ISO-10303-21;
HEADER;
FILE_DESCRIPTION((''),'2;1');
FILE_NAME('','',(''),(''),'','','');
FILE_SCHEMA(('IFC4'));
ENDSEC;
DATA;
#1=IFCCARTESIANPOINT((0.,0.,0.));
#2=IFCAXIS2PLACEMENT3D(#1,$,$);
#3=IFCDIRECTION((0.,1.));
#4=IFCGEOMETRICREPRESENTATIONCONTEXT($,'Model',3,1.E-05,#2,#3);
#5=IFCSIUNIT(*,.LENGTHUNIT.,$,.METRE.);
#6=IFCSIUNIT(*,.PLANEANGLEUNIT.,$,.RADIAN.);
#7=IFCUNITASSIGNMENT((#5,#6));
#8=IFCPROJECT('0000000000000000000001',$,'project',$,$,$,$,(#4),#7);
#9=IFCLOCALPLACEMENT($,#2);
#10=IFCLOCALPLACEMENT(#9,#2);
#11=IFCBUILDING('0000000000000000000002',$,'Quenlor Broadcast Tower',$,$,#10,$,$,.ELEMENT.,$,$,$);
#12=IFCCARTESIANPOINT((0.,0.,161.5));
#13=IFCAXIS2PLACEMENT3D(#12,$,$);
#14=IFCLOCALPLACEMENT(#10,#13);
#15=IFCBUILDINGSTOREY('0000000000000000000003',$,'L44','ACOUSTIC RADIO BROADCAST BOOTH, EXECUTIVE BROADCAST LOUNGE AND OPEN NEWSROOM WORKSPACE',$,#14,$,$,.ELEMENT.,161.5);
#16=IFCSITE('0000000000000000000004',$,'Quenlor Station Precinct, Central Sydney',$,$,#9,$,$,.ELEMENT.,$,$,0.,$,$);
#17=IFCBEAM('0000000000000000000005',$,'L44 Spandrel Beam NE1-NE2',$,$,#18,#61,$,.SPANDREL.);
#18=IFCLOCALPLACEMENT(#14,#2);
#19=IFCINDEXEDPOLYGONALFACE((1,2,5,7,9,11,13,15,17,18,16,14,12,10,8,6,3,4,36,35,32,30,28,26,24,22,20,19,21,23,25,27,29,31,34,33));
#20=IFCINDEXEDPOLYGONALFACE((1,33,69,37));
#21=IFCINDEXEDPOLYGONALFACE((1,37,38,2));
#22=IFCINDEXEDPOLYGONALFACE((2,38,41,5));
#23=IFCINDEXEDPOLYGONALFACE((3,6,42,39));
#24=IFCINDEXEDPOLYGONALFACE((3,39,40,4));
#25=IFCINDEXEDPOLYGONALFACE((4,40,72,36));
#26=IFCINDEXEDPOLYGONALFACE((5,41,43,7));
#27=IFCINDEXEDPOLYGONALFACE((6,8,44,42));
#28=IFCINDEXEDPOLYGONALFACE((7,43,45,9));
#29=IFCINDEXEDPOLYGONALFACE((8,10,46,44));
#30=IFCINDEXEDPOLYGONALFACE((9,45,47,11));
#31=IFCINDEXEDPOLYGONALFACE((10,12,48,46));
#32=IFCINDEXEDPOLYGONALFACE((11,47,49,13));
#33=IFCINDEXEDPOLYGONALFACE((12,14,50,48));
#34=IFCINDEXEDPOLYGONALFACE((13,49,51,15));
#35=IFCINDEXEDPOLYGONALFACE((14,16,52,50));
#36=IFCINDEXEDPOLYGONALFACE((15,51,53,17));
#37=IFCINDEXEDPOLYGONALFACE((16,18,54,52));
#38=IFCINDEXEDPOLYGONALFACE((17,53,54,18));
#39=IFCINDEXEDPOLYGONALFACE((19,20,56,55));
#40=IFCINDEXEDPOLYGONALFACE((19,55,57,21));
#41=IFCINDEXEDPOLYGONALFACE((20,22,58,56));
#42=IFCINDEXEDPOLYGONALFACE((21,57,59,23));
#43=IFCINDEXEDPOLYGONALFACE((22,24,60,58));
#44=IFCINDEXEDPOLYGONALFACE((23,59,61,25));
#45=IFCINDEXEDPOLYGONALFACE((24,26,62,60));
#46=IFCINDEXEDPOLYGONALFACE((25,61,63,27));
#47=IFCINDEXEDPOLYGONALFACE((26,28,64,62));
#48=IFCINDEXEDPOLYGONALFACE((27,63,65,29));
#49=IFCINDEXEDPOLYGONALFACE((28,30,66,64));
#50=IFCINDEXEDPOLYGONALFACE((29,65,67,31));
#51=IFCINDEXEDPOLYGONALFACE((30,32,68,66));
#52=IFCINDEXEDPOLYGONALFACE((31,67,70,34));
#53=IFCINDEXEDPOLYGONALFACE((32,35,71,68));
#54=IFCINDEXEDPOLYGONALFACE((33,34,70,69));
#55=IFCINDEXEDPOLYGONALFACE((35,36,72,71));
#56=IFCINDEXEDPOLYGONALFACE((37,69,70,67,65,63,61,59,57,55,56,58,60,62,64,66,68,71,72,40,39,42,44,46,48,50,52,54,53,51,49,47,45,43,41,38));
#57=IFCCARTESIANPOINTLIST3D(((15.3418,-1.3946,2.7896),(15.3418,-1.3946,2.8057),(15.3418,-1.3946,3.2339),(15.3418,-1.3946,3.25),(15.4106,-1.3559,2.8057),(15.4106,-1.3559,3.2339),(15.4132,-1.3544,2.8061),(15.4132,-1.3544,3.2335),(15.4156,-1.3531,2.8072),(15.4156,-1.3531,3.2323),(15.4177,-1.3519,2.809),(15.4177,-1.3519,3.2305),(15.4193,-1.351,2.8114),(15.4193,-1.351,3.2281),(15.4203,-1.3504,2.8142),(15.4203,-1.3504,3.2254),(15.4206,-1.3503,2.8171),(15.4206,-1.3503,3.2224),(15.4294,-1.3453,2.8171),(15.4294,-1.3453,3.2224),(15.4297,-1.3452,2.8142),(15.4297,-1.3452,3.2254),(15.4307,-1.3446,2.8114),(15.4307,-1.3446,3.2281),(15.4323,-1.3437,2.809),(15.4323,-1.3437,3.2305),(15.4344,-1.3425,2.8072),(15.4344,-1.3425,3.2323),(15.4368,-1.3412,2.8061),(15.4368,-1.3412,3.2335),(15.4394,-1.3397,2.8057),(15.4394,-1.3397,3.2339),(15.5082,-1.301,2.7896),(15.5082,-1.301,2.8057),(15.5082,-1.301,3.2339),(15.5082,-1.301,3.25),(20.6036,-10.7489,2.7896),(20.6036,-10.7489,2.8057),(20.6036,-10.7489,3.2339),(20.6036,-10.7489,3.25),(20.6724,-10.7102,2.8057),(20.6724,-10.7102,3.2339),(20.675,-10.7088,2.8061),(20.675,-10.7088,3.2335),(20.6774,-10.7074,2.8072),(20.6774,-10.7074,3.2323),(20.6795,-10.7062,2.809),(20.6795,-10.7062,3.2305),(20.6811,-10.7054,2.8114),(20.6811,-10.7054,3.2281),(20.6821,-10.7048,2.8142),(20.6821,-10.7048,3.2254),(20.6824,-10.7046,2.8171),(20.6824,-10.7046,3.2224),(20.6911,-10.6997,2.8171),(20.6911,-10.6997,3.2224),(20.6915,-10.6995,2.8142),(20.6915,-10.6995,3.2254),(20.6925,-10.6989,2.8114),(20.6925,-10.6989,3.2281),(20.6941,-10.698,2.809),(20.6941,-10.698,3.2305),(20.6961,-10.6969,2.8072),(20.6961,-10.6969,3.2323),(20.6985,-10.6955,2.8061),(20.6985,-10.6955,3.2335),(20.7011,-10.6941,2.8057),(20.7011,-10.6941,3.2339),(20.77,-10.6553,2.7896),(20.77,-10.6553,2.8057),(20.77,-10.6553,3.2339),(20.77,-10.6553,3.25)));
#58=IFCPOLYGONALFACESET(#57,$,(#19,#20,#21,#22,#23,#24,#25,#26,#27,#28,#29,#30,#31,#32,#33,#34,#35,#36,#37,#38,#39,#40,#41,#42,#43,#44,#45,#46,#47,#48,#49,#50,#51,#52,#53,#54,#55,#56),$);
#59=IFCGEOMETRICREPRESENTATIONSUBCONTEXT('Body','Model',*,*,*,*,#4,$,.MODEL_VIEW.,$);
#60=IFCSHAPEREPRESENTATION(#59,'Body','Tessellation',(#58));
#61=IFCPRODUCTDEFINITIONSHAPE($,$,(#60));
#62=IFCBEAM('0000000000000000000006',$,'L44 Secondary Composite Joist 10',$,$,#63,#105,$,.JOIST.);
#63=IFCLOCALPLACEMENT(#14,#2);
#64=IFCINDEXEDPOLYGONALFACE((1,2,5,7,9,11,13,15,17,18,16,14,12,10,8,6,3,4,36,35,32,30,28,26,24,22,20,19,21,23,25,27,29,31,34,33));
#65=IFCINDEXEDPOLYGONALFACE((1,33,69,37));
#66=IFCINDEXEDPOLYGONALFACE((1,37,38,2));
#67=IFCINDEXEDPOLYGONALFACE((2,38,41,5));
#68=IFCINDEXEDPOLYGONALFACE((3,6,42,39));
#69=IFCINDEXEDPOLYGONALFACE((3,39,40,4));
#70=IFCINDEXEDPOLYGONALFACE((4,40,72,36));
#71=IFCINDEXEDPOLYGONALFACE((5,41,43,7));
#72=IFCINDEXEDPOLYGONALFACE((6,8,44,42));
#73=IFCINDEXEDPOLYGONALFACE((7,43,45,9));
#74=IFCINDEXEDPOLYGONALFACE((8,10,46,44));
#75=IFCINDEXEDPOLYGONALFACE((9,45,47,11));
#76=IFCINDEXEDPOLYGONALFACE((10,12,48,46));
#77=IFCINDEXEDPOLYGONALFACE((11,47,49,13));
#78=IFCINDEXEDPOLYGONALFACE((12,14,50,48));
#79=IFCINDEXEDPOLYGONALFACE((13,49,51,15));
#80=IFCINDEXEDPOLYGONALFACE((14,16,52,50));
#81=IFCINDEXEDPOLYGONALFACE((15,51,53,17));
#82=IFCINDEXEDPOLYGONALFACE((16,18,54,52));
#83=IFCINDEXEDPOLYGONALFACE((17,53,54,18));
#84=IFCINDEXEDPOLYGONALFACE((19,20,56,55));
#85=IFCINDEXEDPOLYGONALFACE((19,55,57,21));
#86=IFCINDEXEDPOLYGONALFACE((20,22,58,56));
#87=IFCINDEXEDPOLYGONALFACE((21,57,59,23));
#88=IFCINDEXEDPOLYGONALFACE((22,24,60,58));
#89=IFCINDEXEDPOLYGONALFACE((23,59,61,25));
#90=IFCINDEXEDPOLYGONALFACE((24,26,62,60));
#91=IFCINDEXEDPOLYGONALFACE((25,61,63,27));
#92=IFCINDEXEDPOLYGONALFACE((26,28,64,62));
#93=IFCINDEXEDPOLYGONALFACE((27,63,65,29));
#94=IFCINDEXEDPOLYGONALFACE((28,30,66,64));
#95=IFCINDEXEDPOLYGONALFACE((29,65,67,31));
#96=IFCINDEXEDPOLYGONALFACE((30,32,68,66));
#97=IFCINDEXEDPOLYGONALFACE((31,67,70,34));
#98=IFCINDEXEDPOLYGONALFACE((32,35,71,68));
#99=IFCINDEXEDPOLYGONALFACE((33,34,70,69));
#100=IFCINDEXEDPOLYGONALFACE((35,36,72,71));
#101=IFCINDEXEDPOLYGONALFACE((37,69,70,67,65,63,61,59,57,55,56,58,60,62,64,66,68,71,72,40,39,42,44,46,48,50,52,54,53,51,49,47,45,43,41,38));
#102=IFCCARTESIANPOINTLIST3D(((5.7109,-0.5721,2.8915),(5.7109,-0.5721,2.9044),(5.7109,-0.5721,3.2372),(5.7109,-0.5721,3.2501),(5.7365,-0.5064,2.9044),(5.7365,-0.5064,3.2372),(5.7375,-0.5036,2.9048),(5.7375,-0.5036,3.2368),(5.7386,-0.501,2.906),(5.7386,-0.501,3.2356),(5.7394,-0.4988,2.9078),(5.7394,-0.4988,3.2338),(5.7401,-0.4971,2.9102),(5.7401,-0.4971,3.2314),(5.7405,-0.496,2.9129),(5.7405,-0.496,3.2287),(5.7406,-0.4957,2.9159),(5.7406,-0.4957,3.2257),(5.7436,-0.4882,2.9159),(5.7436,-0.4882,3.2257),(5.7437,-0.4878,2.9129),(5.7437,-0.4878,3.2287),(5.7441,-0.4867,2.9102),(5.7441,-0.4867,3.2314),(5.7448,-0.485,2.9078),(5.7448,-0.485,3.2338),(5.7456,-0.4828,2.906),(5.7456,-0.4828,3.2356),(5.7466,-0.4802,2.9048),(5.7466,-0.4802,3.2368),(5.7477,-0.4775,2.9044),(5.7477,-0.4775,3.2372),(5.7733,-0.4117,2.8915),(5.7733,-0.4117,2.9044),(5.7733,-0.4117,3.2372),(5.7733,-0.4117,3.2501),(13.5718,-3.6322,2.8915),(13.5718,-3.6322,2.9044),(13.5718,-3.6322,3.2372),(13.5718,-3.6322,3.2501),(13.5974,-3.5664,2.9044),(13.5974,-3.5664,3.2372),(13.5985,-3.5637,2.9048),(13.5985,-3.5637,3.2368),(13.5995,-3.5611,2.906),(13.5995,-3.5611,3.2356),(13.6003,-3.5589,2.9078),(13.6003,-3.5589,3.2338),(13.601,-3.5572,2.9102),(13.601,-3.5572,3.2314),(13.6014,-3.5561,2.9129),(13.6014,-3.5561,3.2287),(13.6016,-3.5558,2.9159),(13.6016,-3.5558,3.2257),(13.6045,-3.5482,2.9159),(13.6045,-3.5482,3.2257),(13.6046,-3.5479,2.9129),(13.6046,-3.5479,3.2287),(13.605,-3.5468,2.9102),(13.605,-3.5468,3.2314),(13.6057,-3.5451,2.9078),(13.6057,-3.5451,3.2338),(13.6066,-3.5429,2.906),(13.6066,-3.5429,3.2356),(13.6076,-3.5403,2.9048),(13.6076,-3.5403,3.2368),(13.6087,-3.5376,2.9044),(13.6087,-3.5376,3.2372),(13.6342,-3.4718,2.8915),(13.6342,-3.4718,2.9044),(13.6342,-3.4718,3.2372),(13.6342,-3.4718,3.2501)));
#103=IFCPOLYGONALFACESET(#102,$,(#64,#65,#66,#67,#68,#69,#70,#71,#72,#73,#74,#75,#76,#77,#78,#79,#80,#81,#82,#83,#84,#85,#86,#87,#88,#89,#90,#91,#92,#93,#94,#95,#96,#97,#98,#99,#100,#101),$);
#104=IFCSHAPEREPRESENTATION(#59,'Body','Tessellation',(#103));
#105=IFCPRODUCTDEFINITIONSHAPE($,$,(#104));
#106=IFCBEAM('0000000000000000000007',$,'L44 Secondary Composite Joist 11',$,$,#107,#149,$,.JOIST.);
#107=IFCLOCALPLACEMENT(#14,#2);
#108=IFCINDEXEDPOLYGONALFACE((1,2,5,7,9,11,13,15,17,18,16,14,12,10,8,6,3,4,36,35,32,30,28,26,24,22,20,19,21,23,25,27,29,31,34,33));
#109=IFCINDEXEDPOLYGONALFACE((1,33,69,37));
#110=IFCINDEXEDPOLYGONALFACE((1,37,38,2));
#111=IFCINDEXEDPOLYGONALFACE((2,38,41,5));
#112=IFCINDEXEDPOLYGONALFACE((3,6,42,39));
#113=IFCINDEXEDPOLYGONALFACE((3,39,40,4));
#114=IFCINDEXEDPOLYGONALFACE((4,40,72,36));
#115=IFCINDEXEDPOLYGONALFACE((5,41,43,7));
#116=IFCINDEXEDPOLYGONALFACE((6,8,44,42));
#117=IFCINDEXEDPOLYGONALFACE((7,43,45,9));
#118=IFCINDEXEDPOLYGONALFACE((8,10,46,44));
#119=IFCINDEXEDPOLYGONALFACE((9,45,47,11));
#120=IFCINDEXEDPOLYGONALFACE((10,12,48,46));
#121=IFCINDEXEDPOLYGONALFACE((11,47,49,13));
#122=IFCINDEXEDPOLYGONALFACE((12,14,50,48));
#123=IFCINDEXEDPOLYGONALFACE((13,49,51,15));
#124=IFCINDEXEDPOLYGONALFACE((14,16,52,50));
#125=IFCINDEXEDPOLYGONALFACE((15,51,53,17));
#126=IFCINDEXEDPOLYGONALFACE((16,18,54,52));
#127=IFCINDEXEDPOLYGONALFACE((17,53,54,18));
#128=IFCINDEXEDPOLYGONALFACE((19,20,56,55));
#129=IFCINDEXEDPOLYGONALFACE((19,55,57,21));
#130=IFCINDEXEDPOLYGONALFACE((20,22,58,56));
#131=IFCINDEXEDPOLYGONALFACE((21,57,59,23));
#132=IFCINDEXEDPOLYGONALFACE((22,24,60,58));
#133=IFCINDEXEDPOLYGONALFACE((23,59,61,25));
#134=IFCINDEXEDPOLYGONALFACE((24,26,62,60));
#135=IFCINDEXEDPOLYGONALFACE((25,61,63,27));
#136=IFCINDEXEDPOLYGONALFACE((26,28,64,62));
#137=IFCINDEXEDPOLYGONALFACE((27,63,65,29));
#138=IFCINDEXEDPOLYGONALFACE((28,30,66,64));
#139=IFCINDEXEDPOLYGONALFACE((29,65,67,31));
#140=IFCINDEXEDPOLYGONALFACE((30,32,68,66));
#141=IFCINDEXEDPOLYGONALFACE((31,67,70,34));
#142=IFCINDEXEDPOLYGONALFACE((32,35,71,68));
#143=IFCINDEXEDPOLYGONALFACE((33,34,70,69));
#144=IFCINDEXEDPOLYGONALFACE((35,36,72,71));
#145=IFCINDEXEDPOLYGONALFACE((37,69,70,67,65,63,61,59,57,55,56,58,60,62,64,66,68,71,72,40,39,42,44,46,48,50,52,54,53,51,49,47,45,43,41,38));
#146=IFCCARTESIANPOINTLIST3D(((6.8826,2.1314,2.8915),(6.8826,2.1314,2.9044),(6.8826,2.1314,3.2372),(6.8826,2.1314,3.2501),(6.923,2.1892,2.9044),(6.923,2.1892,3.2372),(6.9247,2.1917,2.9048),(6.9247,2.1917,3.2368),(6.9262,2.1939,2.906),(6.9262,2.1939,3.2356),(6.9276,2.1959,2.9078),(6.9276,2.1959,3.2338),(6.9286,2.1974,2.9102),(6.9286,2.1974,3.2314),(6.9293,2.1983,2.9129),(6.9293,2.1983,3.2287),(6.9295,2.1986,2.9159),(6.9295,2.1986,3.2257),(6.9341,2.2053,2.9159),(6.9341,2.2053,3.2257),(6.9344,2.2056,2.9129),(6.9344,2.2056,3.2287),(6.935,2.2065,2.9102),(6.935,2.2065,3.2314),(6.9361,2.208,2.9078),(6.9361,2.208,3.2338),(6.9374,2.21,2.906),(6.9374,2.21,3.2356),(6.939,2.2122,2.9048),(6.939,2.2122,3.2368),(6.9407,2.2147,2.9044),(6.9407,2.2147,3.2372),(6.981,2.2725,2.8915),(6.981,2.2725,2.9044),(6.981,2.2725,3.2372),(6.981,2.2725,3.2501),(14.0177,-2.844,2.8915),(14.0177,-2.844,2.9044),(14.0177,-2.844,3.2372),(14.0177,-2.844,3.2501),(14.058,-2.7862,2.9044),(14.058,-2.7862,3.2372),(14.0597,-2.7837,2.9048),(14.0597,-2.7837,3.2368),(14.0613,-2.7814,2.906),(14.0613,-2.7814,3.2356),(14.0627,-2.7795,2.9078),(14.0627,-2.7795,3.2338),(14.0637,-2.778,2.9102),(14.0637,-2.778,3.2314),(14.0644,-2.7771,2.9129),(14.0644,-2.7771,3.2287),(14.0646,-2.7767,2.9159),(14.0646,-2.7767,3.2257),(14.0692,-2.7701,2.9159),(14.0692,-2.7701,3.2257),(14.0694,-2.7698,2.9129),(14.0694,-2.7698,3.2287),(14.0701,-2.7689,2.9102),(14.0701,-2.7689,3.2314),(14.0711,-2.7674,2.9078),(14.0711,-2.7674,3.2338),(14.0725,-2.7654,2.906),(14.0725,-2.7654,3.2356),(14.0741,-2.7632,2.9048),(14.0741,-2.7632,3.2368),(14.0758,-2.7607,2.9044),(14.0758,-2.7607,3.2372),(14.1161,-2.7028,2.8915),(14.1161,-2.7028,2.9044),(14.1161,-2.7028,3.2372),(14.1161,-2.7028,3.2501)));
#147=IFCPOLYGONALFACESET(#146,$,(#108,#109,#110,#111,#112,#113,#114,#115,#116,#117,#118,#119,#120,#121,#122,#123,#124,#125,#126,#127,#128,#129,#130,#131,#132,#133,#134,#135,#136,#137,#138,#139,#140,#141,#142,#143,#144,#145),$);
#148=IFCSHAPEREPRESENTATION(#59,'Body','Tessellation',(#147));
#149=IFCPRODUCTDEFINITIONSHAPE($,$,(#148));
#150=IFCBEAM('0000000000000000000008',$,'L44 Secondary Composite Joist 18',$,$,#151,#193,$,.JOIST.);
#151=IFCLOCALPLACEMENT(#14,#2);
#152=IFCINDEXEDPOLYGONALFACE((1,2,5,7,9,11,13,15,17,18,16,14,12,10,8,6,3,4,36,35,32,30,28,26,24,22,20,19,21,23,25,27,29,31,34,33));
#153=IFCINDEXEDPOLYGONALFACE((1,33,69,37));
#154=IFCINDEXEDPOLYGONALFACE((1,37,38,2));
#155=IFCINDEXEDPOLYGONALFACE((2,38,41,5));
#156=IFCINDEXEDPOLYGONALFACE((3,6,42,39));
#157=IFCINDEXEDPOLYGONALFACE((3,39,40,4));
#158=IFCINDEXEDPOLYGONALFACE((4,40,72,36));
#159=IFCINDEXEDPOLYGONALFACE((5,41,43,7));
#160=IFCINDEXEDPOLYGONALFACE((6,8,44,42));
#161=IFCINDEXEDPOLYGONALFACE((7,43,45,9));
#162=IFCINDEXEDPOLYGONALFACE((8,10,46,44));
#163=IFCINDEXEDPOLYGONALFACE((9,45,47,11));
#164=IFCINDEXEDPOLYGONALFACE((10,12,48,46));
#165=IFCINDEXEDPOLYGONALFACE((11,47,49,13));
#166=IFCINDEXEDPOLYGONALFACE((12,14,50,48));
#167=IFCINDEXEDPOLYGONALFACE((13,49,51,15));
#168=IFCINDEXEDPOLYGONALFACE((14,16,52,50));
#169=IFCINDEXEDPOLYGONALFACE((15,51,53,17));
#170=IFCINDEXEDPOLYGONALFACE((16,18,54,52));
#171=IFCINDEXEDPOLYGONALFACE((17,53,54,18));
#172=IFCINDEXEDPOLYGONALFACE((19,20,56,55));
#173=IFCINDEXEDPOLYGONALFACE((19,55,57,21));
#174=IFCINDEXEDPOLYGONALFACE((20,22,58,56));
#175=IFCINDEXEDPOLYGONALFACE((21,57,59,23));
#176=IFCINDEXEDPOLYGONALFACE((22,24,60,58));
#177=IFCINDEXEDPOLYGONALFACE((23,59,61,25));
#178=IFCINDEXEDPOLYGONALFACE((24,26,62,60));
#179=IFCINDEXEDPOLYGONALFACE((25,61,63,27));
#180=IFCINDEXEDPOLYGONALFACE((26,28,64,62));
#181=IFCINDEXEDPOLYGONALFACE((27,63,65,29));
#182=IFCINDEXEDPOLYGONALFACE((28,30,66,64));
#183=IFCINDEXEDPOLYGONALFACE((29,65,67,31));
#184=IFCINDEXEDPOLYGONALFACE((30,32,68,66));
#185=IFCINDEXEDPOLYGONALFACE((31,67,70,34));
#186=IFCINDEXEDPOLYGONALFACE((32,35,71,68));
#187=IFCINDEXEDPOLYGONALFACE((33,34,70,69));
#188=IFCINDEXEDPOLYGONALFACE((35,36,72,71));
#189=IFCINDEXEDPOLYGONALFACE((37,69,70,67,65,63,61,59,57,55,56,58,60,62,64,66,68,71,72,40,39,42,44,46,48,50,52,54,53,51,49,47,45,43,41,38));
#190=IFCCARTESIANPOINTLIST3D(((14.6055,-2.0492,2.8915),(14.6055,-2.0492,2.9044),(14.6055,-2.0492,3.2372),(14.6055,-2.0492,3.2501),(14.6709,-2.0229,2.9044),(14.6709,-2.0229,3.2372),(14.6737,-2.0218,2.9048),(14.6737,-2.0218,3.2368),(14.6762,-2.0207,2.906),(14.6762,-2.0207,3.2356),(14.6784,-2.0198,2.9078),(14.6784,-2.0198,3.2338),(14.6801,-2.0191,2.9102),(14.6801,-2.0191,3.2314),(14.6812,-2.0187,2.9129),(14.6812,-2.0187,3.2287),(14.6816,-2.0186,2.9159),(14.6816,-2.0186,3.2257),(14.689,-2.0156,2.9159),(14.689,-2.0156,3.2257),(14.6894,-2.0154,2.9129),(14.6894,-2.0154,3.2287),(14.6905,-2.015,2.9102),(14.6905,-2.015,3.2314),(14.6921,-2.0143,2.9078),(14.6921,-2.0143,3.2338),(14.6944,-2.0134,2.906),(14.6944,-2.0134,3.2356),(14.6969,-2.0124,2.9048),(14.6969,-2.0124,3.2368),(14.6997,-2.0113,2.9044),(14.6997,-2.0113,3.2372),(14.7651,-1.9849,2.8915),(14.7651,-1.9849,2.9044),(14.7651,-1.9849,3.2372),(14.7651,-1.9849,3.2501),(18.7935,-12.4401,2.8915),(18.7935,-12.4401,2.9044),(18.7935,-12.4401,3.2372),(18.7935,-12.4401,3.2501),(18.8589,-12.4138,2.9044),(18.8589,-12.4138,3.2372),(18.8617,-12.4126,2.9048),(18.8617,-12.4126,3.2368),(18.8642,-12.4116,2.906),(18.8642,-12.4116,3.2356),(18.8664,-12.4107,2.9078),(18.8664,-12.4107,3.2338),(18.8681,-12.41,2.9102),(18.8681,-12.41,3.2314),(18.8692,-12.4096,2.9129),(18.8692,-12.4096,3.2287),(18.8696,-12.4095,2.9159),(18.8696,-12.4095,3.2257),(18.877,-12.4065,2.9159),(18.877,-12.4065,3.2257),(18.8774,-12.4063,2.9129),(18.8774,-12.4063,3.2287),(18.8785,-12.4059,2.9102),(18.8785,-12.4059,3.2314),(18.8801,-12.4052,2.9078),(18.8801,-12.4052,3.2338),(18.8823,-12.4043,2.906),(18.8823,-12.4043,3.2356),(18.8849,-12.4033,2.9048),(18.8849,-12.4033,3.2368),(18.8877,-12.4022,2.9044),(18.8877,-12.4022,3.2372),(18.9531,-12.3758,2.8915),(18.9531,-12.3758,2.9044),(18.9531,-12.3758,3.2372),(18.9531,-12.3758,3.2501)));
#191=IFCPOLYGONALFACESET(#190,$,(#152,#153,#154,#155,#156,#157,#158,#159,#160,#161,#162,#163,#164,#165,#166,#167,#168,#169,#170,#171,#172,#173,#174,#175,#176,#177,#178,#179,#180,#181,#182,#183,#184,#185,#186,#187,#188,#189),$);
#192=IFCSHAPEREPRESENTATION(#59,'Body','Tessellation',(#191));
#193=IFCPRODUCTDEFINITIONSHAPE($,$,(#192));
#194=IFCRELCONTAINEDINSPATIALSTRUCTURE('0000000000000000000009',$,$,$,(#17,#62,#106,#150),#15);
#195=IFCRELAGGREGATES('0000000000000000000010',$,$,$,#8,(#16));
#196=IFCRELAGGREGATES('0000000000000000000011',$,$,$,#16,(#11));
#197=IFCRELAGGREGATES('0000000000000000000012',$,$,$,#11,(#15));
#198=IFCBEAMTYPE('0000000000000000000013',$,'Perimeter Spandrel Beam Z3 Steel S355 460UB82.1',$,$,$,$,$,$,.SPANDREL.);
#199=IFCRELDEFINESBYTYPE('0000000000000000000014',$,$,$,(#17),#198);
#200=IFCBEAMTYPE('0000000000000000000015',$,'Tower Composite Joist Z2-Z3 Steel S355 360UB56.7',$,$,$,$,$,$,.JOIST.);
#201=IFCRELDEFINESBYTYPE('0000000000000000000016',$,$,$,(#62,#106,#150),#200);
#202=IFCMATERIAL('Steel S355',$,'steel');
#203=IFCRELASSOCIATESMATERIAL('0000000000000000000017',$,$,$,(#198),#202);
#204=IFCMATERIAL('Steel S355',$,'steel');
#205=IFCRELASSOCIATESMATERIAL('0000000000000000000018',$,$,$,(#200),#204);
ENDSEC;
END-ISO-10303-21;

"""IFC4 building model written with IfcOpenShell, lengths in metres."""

from ifc_helpers import new_model, si_unit, direction, frame, origin, origin_2d, place, context, subcontext, project, spatial, i_section, extrude, material, material_profile, profile_set, type_object, element, save


model = new_model("IFC4")

# Units and contexts
model_context = context("Model", 3, precision=1e-05, world=origin(), true_north=direction((0.0, 1.0)))
body_context = subcontext(model_context, "Body", "Model", "MODEL_VIEW")
ifc_project = project(units=[si_unit("LENGTHUNIT", "METRE"), si_unit("PLANEANGLEUNIT", "RADIAN")], contexts=[model_context])

# Site, building, storey
site_placement = place(None, origin())
site = spatial("IfcSite", under=ifc_project, at=site_placement, Name="Quenlor Station Precinct, Central Sydney", CompositionType="ELEMENT", RefElevation=0.0)
building_placement = place(site_placement, origin())
building = spatial("IfcBuilding", under=site, at=building_placement, Name="Quenlor Broadcast Tower", CompositionType="ELEMENT")
storey_placement = place(building_placement, frame((0.0, 0.0, 161.5)))
storey = spatial("IfcBuildingStorey", under=building, at=storey_placement, Name="L44", Description="ACOUSTIC RADIO BROADCAST BOOTH, EXECUTIVE BROADCAST LOUNGE AND OPEN NEWSROOM WORKSPACE", CompositionType="ELEMENT", Elevation=161.5)

# Beams
ifc_material_1 = material(Name="Steel S355", Category="steel")
ifc_material_profile_1 = material_profile(ifc_material_1, i_section(OverallWidth=0.1909, OverallDepth=0.4604, WebThickness=0.01, FlangeThickness=0.0161, FilletRadius=0.0115, at=origin_2d()))
ifc_profile_set_1 = profile_set([ifc_material_profile_1], Name="Steel S355 460UB82.1")
beam_type_1 = type_object("IfcBeamType", Name="Perimeter Spandrel Beam Z3 Steel S355 460UB82.1", PredefinedType="SPANDREL", material=ifc_profile_set_1)
beam_1_placement = place(storey_placement, frame((20.6868, -10.7021, 3.0198), z_axis=(-0.490258, 0.871577, 0.0), x_axis=(-0.871577, -0.490258, 0.0)))
element("IfcBeam", 1, at=beam_1_placement, inside=storey, type_object=beam_type_1, Name="L44 Spandrel Beam NE1-NE2", PredefinedType="SPANDREL", context=body_context, shape_type="SweptSolid", body=[
    extrude(i_section(OverallWidth=0.1909, OverallDepth=0.4604, WebThickness=0.01, FlangeThickness=0.0161, FilletRadius=0.0115, at=origin_2d()), origin(), (0.0, 0.0, 1.0), 10.7327),
])
ifc_material_2 = material(Name="Steel S355", Category="steel")
ifc_material_profile_2 = material_profile(ifc_material_2, i_section(OverallWidth=0.1721, OverallDepth=0.3586, WebThickness=0.0081, FlangeThickness=0.0129, FilletRadius=0.0115, at=origin_2d()))
ifc_profile_set_2 = profile_set([ifc_material_profile_2], Name="Steel S355 360UB56.7")
beam_type_2 = type_object("IfcBeamType", Name="Tower Composite Joist Z2-Z3 Steel S355 360UB56.7", PredefinedType="JOIST", material=ifc_profile_set_2)
beam_2_placement = place(storey_placement, frame((13.603, -3.552, 3.0708), z_axis=(-0.931882, 0.362762, 0.0), x_axis=(-0.362762, -0.931882, 0.0)))
element("IfcBeam", 2, at=beam_2_placement, inside=storey, type_object=beam_type_2, Name="L44 Secondary Composite Joist 10", PredefinedType="JOIST", context=body_context, shape_type="SweptSolid", body=[
    extrude(i_section(OverallWidth=0.1721, OverallDepth=0.3586, WebThickness=0.0081, FlangeThickness=0.0129, FilletRadius=0.0115, at=origin_2d()), origin(), (0.0, 0.0, 1.0), 8.4355),
])
beam_3_placement = place(storey_placement, frame((14.0669, -2.7734, 3.0708), z_axis=(-0.820266, 0.571983, 0.0), x_axis=(-0.571983, -0.820266, 0.0)))
element("IfcBeam", 3, at=beam_3_placement, inside=storey, type_object=beam_type_2, Name="L44 Secondary Composite Joist 11", PredefinedType="JOIST", context=body_context, shape_type="SweptSolid", body=[
    extrude(i_section(OverallWidth=0.1721, OverallDepth=0.3586, WebThickness=0.0081, FlangeThickness=0.0129, FilletRadius=0.0115, at=origin_2d()), origin(), (0.0, 0.0, 1.0), 8.6985),
])
beam_4_placement = place(storey_placement, frame((18.8733, -12.408, 3.0708), z_axis=(-0.373824, 0.9275, 0.0), x_axis=(-0.9275, -0.373824, 0.0)))
element("IfcBeam", 4, at=beam_4_placement, inside=storey, type_object=beam_type_2, Name="L44 Secondary Composite Joist 18", PredefinedType="JOIST", context=body_context, shape_type="SweptSolid", body=[
    extrude(i_section(OverallWidth=0.1721, OverallDepth=0.3586, WebThickness=0.0081, FlangeThickness=0.0129, FilletRadius=0.0115, at=origin_2d()), origin(), (0.0, 0.0, 1.0), 11.2031),
])

save(model, "model.ifc")
